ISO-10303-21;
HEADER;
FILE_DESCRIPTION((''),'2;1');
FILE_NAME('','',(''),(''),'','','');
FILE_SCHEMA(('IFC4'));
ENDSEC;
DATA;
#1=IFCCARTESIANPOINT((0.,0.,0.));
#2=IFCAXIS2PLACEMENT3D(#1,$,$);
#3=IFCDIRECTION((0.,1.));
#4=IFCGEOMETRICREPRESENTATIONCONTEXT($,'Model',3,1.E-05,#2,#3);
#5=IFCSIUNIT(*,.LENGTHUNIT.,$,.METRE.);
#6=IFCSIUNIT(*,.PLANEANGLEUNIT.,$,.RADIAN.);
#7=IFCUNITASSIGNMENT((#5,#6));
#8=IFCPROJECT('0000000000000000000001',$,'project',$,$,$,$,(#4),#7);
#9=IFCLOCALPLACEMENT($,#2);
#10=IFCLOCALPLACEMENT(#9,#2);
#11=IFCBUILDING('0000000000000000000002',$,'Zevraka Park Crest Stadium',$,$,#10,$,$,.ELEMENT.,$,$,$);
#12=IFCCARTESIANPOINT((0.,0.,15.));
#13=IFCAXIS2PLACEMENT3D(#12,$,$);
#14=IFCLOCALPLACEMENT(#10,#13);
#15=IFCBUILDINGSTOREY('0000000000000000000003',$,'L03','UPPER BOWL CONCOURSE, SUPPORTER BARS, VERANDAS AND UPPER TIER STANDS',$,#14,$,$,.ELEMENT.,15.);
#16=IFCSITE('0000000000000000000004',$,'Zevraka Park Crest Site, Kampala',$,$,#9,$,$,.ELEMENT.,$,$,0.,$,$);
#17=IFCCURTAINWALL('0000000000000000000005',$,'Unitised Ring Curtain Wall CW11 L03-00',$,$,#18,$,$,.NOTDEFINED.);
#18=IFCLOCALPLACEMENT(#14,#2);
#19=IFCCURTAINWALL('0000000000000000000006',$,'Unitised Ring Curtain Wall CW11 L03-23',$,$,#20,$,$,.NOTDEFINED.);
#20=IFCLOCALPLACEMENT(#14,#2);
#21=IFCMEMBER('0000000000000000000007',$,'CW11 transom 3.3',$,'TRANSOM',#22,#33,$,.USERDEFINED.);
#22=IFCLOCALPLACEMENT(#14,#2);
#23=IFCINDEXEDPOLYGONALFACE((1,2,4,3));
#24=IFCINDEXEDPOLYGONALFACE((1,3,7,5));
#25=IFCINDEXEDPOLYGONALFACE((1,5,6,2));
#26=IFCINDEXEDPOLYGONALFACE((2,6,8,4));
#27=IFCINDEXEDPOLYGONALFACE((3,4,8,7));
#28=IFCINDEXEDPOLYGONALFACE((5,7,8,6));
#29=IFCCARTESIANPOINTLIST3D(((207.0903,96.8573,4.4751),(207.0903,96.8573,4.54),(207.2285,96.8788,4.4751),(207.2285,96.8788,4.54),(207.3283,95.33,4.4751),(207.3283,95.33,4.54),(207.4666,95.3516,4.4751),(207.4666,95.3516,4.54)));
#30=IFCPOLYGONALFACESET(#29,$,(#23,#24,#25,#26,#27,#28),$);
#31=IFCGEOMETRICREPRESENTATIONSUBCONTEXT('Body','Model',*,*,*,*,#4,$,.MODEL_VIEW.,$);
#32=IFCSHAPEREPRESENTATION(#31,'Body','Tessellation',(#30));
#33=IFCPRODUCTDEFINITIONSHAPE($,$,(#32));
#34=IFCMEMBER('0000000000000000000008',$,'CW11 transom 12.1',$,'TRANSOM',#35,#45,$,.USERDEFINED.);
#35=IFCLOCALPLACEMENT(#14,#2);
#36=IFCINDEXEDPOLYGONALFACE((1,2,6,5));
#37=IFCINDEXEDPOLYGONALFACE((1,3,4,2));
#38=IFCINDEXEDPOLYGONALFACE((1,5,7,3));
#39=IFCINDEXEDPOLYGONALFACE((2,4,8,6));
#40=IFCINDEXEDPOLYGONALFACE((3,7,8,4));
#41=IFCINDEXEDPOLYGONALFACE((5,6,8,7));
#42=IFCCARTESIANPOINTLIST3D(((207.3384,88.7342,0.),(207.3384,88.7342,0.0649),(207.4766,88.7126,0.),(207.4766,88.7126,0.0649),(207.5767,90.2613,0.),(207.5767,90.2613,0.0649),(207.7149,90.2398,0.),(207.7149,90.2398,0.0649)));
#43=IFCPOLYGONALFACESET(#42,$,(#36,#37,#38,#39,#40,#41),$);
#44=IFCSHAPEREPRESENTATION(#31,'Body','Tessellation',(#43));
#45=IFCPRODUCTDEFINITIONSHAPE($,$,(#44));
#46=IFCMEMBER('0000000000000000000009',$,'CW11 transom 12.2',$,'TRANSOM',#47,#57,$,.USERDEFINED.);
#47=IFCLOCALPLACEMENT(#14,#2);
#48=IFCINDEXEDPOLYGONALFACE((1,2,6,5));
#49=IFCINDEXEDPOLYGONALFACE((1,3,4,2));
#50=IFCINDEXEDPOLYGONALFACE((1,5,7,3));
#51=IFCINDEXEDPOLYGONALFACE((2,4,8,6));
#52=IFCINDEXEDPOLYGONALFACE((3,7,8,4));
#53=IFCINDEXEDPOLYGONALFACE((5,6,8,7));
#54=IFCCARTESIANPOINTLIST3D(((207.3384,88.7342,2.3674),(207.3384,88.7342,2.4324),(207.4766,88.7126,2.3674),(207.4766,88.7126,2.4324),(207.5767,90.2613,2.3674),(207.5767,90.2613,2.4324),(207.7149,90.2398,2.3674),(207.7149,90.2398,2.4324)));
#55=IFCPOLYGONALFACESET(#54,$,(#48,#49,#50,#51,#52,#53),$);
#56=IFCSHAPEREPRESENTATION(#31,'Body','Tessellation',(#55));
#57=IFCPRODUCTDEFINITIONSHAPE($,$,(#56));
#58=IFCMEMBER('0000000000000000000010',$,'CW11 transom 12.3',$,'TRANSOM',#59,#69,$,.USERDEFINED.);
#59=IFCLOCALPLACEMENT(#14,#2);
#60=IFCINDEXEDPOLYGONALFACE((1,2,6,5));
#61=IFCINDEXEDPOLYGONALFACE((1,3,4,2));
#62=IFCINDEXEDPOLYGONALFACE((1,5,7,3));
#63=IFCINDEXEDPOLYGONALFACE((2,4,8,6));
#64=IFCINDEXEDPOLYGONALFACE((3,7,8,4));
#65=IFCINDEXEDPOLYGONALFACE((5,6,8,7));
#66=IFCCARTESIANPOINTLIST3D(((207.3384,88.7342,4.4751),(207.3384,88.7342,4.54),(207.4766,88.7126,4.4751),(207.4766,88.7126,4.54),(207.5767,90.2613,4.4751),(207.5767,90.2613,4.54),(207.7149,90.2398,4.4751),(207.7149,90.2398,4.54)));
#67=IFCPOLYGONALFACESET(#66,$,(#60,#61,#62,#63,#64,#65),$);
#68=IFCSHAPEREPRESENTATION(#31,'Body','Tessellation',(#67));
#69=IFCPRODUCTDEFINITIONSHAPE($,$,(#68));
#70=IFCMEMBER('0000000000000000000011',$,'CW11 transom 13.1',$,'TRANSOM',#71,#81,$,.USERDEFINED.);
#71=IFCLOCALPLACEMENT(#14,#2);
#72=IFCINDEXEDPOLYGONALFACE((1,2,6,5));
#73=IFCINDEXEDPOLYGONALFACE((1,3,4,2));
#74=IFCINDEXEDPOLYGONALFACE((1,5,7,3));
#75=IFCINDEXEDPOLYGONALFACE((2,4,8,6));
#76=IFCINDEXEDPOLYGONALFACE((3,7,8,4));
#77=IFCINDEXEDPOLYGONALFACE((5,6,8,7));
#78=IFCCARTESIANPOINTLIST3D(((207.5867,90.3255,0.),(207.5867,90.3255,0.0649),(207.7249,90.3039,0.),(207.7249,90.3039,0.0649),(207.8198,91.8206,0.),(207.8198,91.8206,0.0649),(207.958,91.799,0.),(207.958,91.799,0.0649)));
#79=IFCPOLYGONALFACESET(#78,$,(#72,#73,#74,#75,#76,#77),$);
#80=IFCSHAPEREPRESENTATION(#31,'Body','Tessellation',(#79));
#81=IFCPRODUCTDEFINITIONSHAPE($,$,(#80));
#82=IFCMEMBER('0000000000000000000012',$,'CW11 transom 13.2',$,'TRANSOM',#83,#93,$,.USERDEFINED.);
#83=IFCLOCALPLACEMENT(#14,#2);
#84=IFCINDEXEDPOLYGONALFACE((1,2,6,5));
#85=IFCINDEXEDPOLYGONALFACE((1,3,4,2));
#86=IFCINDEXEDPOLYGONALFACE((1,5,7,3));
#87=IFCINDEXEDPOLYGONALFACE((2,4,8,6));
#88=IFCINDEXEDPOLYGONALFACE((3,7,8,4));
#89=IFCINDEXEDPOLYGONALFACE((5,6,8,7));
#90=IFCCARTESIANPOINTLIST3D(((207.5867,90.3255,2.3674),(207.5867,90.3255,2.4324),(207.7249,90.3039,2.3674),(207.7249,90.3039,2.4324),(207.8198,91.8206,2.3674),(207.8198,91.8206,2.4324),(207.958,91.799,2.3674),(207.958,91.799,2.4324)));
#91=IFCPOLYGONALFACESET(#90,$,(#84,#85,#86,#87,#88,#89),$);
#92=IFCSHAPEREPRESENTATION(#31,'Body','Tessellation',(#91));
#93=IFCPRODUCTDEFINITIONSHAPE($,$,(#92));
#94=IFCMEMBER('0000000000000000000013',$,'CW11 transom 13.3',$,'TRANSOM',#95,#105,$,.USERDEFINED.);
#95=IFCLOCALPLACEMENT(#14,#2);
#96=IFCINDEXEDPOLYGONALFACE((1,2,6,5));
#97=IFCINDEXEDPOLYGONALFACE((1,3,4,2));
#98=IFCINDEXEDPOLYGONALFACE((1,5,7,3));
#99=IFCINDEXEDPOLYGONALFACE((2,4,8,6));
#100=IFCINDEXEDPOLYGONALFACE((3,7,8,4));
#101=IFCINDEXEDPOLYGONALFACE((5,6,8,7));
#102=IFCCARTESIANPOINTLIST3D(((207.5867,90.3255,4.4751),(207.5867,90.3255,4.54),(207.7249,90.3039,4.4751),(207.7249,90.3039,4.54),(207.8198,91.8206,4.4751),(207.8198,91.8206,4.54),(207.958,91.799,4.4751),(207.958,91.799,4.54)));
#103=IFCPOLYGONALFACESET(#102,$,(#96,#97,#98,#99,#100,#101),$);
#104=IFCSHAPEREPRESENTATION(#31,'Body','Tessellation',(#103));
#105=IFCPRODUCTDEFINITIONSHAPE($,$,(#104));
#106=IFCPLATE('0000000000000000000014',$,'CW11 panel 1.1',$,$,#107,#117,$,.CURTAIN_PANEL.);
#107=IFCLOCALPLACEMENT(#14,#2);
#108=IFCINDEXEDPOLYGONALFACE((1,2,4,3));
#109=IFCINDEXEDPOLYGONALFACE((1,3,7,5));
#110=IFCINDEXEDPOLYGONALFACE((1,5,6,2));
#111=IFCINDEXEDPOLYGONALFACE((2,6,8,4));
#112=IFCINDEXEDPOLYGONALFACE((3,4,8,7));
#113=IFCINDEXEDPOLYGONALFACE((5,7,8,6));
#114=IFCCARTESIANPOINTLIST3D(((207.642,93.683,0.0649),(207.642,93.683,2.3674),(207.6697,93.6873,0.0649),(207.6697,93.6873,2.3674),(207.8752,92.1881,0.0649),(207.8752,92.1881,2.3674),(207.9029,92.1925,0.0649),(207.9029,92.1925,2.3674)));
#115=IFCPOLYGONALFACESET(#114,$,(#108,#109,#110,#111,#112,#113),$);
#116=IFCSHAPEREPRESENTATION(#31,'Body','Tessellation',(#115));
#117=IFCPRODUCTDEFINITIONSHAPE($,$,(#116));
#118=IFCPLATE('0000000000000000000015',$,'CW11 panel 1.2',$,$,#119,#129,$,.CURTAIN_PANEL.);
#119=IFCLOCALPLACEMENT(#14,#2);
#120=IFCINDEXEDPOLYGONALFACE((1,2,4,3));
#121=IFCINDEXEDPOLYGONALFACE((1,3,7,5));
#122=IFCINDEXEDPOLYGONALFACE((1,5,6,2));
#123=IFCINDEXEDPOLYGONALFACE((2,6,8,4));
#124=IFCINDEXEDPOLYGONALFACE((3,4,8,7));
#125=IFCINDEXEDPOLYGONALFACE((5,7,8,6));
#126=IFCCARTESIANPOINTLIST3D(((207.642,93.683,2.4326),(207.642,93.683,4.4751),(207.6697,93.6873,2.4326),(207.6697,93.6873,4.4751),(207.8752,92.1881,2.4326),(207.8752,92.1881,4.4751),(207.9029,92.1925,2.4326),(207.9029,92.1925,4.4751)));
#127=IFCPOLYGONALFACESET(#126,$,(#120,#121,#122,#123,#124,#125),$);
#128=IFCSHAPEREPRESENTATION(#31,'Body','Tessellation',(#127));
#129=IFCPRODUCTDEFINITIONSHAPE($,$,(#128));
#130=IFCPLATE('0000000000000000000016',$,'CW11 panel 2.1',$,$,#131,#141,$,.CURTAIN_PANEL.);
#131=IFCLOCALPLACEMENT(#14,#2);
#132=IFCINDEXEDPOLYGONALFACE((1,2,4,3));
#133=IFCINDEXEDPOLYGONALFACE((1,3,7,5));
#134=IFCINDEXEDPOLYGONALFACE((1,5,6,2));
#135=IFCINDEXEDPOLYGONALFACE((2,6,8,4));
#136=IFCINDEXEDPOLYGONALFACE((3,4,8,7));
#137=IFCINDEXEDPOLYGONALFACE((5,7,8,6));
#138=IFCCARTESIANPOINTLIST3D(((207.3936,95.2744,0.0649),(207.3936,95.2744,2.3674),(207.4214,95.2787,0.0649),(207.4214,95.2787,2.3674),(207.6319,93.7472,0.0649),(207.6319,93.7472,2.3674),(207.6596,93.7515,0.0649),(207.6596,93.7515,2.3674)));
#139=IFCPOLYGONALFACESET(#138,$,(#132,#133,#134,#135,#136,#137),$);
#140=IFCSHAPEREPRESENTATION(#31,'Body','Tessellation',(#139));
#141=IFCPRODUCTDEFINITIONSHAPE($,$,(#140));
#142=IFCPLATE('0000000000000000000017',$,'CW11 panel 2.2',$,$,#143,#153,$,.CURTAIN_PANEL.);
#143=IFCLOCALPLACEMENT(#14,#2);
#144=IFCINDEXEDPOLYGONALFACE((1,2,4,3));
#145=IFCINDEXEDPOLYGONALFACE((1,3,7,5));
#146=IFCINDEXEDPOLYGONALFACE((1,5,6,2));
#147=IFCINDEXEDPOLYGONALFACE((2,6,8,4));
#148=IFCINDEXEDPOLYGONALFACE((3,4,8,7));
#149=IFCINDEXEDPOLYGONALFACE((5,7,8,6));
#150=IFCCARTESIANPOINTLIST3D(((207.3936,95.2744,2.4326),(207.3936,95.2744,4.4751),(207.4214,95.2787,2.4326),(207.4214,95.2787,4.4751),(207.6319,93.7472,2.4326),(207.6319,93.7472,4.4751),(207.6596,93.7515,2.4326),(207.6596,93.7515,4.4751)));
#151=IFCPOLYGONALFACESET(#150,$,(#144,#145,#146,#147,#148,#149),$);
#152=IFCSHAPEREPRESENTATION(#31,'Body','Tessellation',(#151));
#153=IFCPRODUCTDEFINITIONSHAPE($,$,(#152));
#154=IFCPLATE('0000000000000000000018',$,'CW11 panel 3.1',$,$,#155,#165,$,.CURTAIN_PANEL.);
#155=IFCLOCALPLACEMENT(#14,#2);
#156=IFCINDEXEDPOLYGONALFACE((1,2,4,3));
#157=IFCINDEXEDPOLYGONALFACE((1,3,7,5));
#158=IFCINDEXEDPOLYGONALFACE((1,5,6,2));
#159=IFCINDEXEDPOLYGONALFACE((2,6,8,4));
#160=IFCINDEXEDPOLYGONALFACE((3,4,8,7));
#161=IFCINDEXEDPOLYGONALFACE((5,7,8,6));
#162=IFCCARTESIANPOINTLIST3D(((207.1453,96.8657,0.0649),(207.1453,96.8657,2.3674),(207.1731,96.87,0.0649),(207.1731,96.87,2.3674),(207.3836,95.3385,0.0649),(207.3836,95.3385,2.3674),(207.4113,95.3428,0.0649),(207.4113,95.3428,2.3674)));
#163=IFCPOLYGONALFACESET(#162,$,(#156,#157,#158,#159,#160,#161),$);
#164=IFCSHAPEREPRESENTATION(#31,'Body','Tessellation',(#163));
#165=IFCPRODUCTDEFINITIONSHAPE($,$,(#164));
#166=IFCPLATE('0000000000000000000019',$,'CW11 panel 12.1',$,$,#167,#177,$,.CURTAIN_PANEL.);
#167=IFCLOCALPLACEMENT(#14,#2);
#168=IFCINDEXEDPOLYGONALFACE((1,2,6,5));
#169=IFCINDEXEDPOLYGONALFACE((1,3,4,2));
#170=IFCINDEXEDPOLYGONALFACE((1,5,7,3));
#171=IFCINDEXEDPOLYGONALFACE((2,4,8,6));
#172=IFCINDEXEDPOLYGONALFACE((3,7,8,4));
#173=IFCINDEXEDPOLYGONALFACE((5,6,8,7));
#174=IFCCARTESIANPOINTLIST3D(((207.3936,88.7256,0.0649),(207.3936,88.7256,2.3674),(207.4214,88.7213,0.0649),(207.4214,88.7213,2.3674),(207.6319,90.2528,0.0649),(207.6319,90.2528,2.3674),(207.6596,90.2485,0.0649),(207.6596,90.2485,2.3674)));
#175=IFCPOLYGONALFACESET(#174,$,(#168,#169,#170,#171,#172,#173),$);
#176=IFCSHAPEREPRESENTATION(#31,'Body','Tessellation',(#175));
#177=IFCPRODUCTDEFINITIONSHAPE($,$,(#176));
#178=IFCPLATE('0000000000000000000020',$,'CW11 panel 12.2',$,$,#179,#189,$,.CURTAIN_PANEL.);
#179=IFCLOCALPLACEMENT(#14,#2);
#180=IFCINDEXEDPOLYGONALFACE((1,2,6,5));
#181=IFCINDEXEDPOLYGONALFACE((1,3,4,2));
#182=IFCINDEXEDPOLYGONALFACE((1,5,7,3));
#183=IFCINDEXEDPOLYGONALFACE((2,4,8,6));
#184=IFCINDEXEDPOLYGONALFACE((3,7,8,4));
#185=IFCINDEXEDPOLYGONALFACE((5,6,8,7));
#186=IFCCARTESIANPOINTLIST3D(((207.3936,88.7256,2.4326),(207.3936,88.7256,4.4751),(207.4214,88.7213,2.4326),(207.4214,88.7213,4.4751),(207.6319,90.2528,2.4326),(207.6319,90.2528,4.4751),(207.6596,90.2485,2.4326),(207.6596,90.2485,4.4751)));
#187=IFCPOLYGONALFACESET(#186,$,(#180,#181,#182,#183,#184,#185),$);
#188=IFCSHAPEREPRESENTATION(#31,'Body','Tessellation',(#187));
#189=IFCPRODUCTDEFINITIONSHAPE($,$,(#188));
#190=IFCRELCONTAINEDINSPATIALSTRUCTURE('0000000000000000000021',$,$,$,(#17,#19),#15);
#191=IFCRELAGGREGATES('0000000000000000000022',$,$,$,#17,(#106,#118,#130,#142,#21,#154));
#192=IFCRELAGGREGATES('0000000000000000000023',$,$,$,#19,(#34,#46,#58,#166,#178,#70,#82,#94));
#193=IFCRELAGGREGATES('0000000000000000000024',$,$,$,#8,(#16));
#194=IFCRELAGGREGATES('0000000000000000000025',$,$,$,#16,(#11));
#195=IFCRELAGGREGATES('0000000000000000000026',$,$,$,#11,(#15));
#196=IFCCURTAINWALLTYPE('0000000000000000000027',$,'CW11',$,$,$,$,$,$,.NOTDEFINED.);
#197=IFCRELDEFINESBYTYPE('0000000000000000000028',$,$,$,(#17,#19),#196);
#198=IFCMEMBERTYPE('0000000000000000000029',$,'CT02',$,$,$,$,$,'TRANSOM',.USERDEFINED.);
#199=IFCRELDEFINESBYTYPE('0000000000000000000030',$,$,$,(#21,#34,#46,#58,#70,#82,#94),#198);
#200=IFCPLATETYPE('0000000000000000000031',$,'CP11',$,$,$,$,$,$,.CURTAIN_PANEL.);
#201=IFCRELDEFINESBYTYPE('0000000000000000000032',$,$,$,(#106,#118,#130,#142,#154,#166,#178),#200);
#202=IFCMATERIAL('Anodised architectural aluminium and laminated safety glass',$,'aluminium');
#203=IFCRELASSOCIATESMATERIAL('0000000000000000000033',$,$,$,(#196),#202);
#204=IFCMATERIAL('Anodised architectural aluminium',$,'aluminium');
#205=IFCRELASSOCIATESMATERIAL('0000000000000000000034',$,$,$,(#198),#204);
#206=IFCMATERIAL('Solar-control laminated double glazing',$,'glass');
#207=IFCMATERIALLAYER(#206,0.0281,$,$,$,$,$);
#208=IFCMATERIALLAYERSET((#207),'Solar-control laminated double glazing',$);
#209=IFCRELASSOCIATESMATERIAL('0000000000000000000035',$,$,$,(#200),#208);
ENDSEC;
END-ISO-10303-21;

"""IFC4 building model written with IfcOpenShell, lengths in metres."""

from ifc_helpers import new_model, si_unit, direction, frame, origin, origin_2d, place, context, subcontext, project, spatial, rectangle, extrude, material, layer, layer_set, material_profile, profile_set, type_object, element, aggregate, save


model = new_model("IFC4")

# Units and contexts
model_context = context("Model", 3, precision=1e-05, world=origin(), true_north=direction((0.0, 1.0)))
body_context = subcontext(model_context, "Body", "Model", "MODEL_VIEW")
ifc_project = project(units=[si_unit("LENGTHUNIT", "METRE"), si_unit("PLANEANGLEUNIT", "RADIAN")], contexts=[model_context])

# Site, building, storey
site_placement = place(None, origin())
site = spatial("IfcSite", under=ifc_project, at=site_placement, Name="Zevraka Park Crest Site, Kampala", CompositionType="ELEMENT", RefElevation=0.0)
building_placement = place(site_placement, origin())
building = spatial("IfcBuilding", under=site, at=building_placement, Name="Zevraka Park Crest Stadium", CompositionType="ELEMENT")
storey_placement = place(building_placement, frame((0.0, 0.0, 15.0)))
storey = spatial("IfcBuildingStorey", under=building, at=storey_placement, Name="L03", Description="UPPER BOWL CONCOURSE, SUPPORTER BARS, VERANDAS AND UPPER TIER STANDS", CompositionType="ELEMENT", Elevation=15.0)

# Curtain walls
ifc_material_1 = material(Name="Anodised architectural aluminium and laminated safety glass", Category="aluminium")
curtain_wall_type = type_object("IfcCurtainWallType", Name="CW11", PredefinedType="NOTDEFINED", material=ifc_material_1)
curtain_wall_1_placement = place(storey_placement, origin())
curtain_wall_1 = element("IfcCurtainWall", 1, at=curtain_wall_1_placement, inside=storey, type_object=curtain_wall_type, Name="Unitised Ring Curtain Wall CW11 L03-00", PredefinedType="NOTDEFINED")
curtain_wall_2_placement = place(storey_placement, origin())
curtain_wall_2 = element("IfcCurtainWall", 2, at=curtain_wall_2_placement, inside=storey, type_object=curtain_wall_type, Name="Unitised Ring Curtain Wall CW11 L03-23", PredefinedType="NOTDEFINED")

# Members
ifc_material_2 = material(Name="Anodised architectural aluminium", Category="aluminium")
ifc_material_profile_1 = material_profile(ifc_material_2, rectangle(XDim=0.1399, YDim=0.0649, at=origin_2d()), Name="ALU TRANSOM 140x65")
ifc_profile_set_1 = profile_set([ifc_material_profile_1], Name="Anodised architectural aluminium")
member_type_1 = type_object("IfcMemberType", Name="CT02", ElementType="TRANSOM", PredefinedType="USERDEFINED", material=ifc_profile_set_1)
member_1_placement = place(storey_placement, frame((207.3975, 95.3408, 4.5076), z_axis=(-0.154015, 0.988068, 0.0), x_axis=(-0.988068, -0.154015, 0.0)))
member_1 = element("IfcMember", 3, at=member_1_placement, type_object=member_type_1, Name="CW11 transom 3.3", ObjectType="TRANSOM", PredefinedType="USERDEFINED", context=body_context, shape_type="SweptSolid", body=[
    extrude(rectangle(XDim=0.1399, YDim=0.0649, at=origin_2d()), origin(), (0.0, 0.0, 1.0), 1.5457),
])
member_2_placement = place(storey_placement, frame((207.4075, 88.7234, 0.0325), z_axis=(0.15417, 0.988044, 0.0), x_axis=(-0.988044, 0.15417, 0.0)))
member_2 = element("IfcMember", 4, at=member_2_placement, type_object=member_type_1, Name="CW11 transom 12.1", ObjectType="TRANSOM", PredefinedType="USERDEFINED", context=body_context, shape_type="SweptSolid", body=[
    extrude(rectangle(XDim=0.1399, YDim=0.0649, at=origin_2d()), origin(), (0.0, 0.0, 1.0), 1.5457),
])
member_3_placement = place(storey_placement, frame((207.4075, 88.7234, 2.3999), z_axis=(0.15417, 0.988044, 0.0), x_axis=(-0.988044, 0.15417, 0.0)))
member_3 = element("IfcMember", 5, at=member_3_placement, type_object=member_type_1, Name="CW11 transom 12.2", ObjectType="TRANSOM", PredefinedType="USERDEFINED", context=body_context, shape_type="SweptSolid", body=[
    extrude(rectangle(XDim=0.1399, YDim=0.0649, at=origin_2d()), origin(), (0.0, 0.0, 1.0), 1.5457),
])
member_4_placement = place(storey_placement, frame((207.4075, 88.7234, 4.5076), z_axis=(0.15417, 0.988044, 0.0), x_axis=(-0.988044, 0.15417, 0.0)))
member_4 = element("IfcMember", 6, at=member_4_placement, type_object=member_type_1, Name="CW11 transom 12.3", ObjectType="TRANSOM", PredefinedType="USERDEFINED", context=body_context, shape_type="SweptSolid", body=[
    extrude(rectangle(XDim=0.1399, YDim=0.0649, at=origin_2d()), origin(), (0.0, 0.0, 1.0), 1.5457),
])
member_5_placement = place(storey_placement, frame((207.6558, 90.3147, 0.0325), z_axis=(0.154082, 0.988058, 0.0), x_axis=(-0.988058, 0.154082, 0.0)))
member_5 = element("IfcMember", 7, at=member_5_placement, type_object=member_type_1, Name="CW11 transom 13.1", ObjectType="TRANSOM", PredefinedType="USERDEFINED", context=body_context, shape_type="SweptSolid", body=[
    extrude(rectangle(XDim=0.1399, YDim=0.0649, at=origin_2d()), origin(), (0.0, 0.0, 1.0), 1.5132),
])
member_6_placement = place(storey_placement, frame((207.6558, 90.3147, 2.3999), z_axis=(0.154082, 0.988058, 0.0), x_axis=(-0.988058, 0.154082, 0.0)))
member_6 = element("IfcMember", 8, at=member_6_placement, type_object=member_type_1, Name="CW11 transom 13.2", ObjectType="TRANSOM", PredefinedType="USERDEFINED", context=body_context, shape_type="SweptSolid", body=[
    extrude(rectangle(XDim=0.1399, YDim=0.0649, at=origin_2d()), origin(), (0.0, 0.0, 1.0), 1.5132),
])
member_7_placement = place(storey_placement, frame((207.6558, 90.3147, 4.5076), z_axis=(0.154082, 0.988058, 0.0), x_axis=(-0.988058, 0.154082, 0.0)))
member_7 = element("IfcMember", 9, at=member_7_placement, type_object=member_type_1, Name="CW11 transom 13.3", ObjectType="TRANSOM", PredefinedType="USERDEFINED", context=body_context, shape_type="SweptSolid", body=[
    extrude(rectangle(XDim=0.1399, YDim=0.0649, at=origin_2d()), origin(), (0.0, 0.0, 1.0), 1.5132),
])

# Plates
ifc_material_3 = material(Name="Solar-control laminated double glazing", Category="glass")
ifc_layer_1 = layer(ifc_material_3, 0.0281)
ifc_layer_set_1 = layer_set([ifc_layer_1], Name="Solar-control laminated double glazing")
plate_type = type_object("IfcPlateType", Name="CP11", PredefinedType="CURTAIN_PANEL", material=ifc_layer_set_1)
plate_1_placement = place(storey_placement, frame((207.7725, 92.9377, 0.0649), z_axis=(0.0, 0.0, 1.0), x_axis=(-0.154128, 0.988051, 0.0)))
plate_1 = element("IfcPlate", 10, at=plate_1_placement, type_object=plate_type, Name="CW11 panel 1.1", PredefinedType="CURTAIN_PANEL", context=body_context, shape_type="SweptSolid", body=[
    extrude(rectangle(XDim=1.5129, YDim=0.0281, at=origin_2d()), origin(), (0.0, 0.0, 1.0), 2.3025),
])
plate_2_placement = place(storey_placement, frame((207.7725, 92.9377, 2.4326), z_axis=(0.0, 0.0, 1.0), x_axis=(-0.154128, 0.988051, 0.0)))
plate_2 = element("IfcPlate", 11, at=plate_2_placement, type_object=plate_type, Name="CW11 panel 1.2", PredefinedType="CURTAIN_PANEL", context=body_context, shape_type="SweptSolid", body=[
    extrude(rectangle(XDim=1.5129, YDim=0.0281, at=origin_2d()), origin(), (0.0, 0.0, 1.0), 2.0425),
])
plate_3_placement = place(storey_placement, frame((207.5266, 94.5129, 0.0649), z_axis=(0.0, 0.0, 1.0), x_axis=(-0.154128, 0.988051, 0.0)))
plate_3 = element("IfcPlate", 12, at=plate_3_placement, type_object=plate_type, Name="CW11 panel 2.1", PredefinedType="CURTAIN_PANEL", context=body_context, shape_type="SweptSolid", body=[
    extrude(rectangle(XDim=1.5457, YDim=0.0281, at=origin_2d()), origin(), (0.0, 0.0, 1.0), 2.3025),
])
plate_4_placement = place(storey_placement, frame((207.5266, 94.5129, 2.4326), z_axis=(0.0, 0.0, 1.0), x_axis=(-0.154128, 0.988051, 0.0)))
plate_4 = element("IfcPlate", 13, at=plate_4_placement, type_object=plate_type, Name="CW11 panel 2.2", PredefinedType="CURTAIN_PANEL", context=body_context, shape_type="SweptSolid", body=[
    extrude(rectangle(XDim=1.5457, YDim=0.0281, at=origin_2d()), origin(), (0.0, 0.0, 1.0), 2.0425),
])
plate_5_placement = place(storey_placement, frame((207.2783, 96.1042, 0.0649), z_axis=(0.0, 0.0, 1.0), x_axis=(-0.154128, 0.988051, 0.0)))
plate_5 = element("IfcPlate", 14, at=plate_5_placement, type_object=plate_type, Name="CW11 panel 3.1", PredefinedType="CURTAIN_PANEL", context=body_context, shape_type="SweptSolid", body=[
    extrude(rectangle(XDim=1.5457, YDim=0.0281, at=origin_2d()), origin(), (0.0, 0.0, 1.0), 2.3025),
])
aggregate(curtain_wall_1, [plate_1, plate_2, plate_3, plate_4, member_1, plate_5])
plate_6_placement = place(storey_placement, frame((207.5266, 89.4871, 0.0649), z_axis=(0.0, 0.0, 1.0), x_axis=(0.154128, 0.988051, 0.0)))
plate_6 = element("IfcPlate", 15, at=plate_6_placement, type_object=plate_type, Name="CW11 panel 12.1", PredefinedType="CURTAIN_PANEL", context=body_context, shape_type="SweptSolid", body=[
    extrude(rectangle(XDim=1.5457, YDim=0.0281, at=origin_2d()), origin(), (0.0, 0.0, 1.0), 2.3025),
])
plate_7_placement = place(storey_placement, frame((207.5266, 89.4871, 2.4326), z_axis=(0.0, 0.0, 1.0), x_axis=(0.154128, 0.988051, 0.0)))
plate_7 = element("IfcPlate", 16, at=plate_7_placement, type_object=plate_type, Name="CW11 panel 12.2", PredefinedType="CURTAIN_PANEL", context=body_context, shape_type="SweptSolid", body=[
    extrude(rectangle(XDim=1.5457, YDim=0.0281, at=origin_2d()), origin(), (0.0, 0.0, 1.0), 2.0425),
])
aggregate(curtain_wall_2, [member_2, member_3, member_4, plate_6, plate_7, member_5, member_6, member_7])

save(model, "model.ifc")
